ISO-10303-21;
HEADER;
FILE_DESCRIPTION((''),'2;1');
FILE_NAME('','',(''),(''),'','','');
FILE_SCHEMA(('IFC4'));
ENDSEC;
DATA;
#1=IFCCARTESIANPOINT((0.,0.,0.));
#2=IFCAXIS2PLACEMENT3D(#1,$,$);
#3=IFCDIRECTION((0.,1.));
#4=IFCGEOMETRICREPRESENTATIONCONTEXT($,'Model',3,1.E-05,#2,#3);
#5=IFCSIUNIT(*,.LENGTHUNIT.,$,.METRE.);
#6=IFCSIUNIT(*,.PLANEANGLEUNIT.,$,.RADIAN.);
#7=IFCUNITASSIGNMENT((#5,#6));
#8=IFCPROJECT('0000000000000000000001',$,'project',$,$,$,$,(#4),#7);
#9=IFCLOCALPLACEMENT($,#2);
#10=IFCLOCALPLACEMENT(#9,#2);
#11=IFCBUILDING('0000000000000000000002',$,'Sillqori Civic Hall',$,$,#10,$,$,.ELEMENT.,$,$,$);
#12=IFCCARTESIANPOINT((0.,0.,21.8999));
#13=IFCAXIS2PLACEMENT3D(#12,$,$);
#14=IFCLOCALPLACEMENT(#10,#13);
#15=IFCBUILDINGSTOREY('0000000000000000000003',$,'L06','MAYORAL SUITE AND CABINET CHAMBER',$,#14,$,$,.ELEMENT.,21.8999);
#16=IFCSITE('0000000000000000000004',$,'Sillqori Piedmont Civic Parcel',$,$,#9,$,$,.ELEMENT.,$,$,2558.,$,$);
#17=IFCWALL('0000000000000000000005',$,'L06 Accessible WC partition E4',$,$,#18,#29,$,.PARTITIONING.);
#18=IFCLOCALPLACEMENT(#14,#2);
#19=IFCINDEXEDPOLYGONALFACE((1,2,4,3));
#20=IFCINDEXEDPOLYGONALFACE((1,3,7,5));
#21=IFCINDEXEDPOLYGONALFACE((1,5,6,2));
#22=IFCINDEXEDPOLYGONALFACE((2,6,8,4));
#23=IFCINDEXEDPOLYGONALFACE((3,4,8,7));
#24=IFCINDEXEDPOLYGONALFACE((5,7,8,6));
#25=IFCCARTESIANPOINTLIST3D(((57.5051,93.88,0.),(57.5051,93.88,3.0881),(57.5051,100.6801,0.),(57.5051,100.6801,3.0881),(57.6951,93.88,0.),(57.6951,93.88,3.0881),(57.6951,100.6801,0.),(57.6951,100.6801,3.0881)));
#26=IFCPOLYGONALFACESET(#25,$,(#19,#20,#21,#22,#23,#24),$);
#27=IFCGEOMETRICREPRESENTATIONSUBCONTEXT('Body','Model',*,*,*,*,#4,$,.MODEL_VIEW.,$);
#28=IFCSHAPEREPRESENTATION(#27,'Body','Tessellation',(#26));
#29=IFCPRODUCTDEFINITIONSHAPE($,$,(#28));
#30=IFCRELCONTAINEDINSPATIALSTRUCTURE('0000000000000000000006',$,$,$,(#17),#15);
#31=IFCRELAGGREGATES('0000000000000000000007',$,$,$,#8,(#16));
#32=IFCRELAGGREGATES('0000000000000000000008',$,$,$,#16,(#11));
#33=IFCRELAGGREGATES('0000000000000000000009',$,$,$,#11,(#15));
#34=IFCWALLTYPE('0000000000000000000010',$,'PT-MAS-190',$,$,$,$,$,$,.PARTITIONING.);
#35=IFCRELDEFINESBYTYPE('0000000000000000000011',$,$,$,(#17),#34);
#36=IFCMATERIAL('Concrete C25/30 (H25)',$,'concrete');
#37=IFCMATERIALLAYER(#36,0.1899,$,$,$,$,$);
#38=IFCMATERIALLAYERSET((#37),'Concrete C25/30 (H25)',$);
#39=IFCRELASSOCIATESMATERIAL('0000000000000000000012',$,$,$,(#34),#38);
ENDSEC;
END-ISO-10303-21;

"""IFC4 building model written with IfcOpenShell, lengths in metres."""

from ifc_helpers import new_model, si_unit, direction, frame, frame_2d, origin, place, context, subcontext, project, spatial, rectangle, extrude, material, layer, layer_set, type_object, element, save


model = new_model("IFC4")

# Units and contexts
model_context = context("Model", 3, precision=1e-05, world=origin(), true_north=direction((0.0, 1.0)))
body_context = subcontext(model_context, "Body", "Model", "MODEL_VIEW")
ifc_project = project(units=[si_unit("LENGTHUNIT", "METRE"), si_unit("PLANEANGLEUNIT", "RADIAN")], contexts=[model_context])

# Site, building, storey
site_placement = place(None, origin())
site = spatial("IfcSite", under=ifc_project, at=site_placement, Name="Sillqori Piedmont Civic Parcel", CompositionType="ELEMENT", RefElevation=2558.0)
building_placement = place(site_placement, origin())
building = spatial("IfcBuilding", under=site, at=building_placement, Name="Sillqori Civic Hall", CompositionType="ELEMENT")
storey_placement = place(building_placement, frame((0.0, 0.0, 21.8999)))
storey = spatial("IfcBuildingStorey", under=building, at=storey_placement, Name="L06", Description="MAYORAL SUITE AND CABINET CHAMBER", CompositionType="ELEMENT", Elevation=21.8999)

# Shared definitions
ifc_material_1 = material(Name="Concrete C25/30 (H25)", Category="concrete")
ifc_layer = layer(ifc_material_1, 0.1899)
ifc_layer_set = layer_set([ifc_layer], Name="Concrete C25/30 (H25)")
wall_type = type_object("IfcWallType", Name="PT-MAS-190", PredefinedType="PARTITIONING", material=ifc_layer_set)

# Wall
wall_1_placement = place(storey_placement, frame((57.6001, 100.6799, 0.0), z_axis=(0.0, 0.0, 1.0), x_axis=(0.0, -1.0, 0.0)))
element("IfcWall", 1, at=wall_1_placement, inside=storey, type_object=wall_type, Name="L06 Accessible WC partition E4", PredefinedType="PARTITIONING", context=body_context, shape_type="SweptSolid", body=[
    extrude(rectangle(XDim=6.8, YDim=0.1899, at=frame_2d((3.3999, 0.0))), origin(), (0.0, 0.0, 1.0), 3.0881),
])

save(model, "model.ifc")
